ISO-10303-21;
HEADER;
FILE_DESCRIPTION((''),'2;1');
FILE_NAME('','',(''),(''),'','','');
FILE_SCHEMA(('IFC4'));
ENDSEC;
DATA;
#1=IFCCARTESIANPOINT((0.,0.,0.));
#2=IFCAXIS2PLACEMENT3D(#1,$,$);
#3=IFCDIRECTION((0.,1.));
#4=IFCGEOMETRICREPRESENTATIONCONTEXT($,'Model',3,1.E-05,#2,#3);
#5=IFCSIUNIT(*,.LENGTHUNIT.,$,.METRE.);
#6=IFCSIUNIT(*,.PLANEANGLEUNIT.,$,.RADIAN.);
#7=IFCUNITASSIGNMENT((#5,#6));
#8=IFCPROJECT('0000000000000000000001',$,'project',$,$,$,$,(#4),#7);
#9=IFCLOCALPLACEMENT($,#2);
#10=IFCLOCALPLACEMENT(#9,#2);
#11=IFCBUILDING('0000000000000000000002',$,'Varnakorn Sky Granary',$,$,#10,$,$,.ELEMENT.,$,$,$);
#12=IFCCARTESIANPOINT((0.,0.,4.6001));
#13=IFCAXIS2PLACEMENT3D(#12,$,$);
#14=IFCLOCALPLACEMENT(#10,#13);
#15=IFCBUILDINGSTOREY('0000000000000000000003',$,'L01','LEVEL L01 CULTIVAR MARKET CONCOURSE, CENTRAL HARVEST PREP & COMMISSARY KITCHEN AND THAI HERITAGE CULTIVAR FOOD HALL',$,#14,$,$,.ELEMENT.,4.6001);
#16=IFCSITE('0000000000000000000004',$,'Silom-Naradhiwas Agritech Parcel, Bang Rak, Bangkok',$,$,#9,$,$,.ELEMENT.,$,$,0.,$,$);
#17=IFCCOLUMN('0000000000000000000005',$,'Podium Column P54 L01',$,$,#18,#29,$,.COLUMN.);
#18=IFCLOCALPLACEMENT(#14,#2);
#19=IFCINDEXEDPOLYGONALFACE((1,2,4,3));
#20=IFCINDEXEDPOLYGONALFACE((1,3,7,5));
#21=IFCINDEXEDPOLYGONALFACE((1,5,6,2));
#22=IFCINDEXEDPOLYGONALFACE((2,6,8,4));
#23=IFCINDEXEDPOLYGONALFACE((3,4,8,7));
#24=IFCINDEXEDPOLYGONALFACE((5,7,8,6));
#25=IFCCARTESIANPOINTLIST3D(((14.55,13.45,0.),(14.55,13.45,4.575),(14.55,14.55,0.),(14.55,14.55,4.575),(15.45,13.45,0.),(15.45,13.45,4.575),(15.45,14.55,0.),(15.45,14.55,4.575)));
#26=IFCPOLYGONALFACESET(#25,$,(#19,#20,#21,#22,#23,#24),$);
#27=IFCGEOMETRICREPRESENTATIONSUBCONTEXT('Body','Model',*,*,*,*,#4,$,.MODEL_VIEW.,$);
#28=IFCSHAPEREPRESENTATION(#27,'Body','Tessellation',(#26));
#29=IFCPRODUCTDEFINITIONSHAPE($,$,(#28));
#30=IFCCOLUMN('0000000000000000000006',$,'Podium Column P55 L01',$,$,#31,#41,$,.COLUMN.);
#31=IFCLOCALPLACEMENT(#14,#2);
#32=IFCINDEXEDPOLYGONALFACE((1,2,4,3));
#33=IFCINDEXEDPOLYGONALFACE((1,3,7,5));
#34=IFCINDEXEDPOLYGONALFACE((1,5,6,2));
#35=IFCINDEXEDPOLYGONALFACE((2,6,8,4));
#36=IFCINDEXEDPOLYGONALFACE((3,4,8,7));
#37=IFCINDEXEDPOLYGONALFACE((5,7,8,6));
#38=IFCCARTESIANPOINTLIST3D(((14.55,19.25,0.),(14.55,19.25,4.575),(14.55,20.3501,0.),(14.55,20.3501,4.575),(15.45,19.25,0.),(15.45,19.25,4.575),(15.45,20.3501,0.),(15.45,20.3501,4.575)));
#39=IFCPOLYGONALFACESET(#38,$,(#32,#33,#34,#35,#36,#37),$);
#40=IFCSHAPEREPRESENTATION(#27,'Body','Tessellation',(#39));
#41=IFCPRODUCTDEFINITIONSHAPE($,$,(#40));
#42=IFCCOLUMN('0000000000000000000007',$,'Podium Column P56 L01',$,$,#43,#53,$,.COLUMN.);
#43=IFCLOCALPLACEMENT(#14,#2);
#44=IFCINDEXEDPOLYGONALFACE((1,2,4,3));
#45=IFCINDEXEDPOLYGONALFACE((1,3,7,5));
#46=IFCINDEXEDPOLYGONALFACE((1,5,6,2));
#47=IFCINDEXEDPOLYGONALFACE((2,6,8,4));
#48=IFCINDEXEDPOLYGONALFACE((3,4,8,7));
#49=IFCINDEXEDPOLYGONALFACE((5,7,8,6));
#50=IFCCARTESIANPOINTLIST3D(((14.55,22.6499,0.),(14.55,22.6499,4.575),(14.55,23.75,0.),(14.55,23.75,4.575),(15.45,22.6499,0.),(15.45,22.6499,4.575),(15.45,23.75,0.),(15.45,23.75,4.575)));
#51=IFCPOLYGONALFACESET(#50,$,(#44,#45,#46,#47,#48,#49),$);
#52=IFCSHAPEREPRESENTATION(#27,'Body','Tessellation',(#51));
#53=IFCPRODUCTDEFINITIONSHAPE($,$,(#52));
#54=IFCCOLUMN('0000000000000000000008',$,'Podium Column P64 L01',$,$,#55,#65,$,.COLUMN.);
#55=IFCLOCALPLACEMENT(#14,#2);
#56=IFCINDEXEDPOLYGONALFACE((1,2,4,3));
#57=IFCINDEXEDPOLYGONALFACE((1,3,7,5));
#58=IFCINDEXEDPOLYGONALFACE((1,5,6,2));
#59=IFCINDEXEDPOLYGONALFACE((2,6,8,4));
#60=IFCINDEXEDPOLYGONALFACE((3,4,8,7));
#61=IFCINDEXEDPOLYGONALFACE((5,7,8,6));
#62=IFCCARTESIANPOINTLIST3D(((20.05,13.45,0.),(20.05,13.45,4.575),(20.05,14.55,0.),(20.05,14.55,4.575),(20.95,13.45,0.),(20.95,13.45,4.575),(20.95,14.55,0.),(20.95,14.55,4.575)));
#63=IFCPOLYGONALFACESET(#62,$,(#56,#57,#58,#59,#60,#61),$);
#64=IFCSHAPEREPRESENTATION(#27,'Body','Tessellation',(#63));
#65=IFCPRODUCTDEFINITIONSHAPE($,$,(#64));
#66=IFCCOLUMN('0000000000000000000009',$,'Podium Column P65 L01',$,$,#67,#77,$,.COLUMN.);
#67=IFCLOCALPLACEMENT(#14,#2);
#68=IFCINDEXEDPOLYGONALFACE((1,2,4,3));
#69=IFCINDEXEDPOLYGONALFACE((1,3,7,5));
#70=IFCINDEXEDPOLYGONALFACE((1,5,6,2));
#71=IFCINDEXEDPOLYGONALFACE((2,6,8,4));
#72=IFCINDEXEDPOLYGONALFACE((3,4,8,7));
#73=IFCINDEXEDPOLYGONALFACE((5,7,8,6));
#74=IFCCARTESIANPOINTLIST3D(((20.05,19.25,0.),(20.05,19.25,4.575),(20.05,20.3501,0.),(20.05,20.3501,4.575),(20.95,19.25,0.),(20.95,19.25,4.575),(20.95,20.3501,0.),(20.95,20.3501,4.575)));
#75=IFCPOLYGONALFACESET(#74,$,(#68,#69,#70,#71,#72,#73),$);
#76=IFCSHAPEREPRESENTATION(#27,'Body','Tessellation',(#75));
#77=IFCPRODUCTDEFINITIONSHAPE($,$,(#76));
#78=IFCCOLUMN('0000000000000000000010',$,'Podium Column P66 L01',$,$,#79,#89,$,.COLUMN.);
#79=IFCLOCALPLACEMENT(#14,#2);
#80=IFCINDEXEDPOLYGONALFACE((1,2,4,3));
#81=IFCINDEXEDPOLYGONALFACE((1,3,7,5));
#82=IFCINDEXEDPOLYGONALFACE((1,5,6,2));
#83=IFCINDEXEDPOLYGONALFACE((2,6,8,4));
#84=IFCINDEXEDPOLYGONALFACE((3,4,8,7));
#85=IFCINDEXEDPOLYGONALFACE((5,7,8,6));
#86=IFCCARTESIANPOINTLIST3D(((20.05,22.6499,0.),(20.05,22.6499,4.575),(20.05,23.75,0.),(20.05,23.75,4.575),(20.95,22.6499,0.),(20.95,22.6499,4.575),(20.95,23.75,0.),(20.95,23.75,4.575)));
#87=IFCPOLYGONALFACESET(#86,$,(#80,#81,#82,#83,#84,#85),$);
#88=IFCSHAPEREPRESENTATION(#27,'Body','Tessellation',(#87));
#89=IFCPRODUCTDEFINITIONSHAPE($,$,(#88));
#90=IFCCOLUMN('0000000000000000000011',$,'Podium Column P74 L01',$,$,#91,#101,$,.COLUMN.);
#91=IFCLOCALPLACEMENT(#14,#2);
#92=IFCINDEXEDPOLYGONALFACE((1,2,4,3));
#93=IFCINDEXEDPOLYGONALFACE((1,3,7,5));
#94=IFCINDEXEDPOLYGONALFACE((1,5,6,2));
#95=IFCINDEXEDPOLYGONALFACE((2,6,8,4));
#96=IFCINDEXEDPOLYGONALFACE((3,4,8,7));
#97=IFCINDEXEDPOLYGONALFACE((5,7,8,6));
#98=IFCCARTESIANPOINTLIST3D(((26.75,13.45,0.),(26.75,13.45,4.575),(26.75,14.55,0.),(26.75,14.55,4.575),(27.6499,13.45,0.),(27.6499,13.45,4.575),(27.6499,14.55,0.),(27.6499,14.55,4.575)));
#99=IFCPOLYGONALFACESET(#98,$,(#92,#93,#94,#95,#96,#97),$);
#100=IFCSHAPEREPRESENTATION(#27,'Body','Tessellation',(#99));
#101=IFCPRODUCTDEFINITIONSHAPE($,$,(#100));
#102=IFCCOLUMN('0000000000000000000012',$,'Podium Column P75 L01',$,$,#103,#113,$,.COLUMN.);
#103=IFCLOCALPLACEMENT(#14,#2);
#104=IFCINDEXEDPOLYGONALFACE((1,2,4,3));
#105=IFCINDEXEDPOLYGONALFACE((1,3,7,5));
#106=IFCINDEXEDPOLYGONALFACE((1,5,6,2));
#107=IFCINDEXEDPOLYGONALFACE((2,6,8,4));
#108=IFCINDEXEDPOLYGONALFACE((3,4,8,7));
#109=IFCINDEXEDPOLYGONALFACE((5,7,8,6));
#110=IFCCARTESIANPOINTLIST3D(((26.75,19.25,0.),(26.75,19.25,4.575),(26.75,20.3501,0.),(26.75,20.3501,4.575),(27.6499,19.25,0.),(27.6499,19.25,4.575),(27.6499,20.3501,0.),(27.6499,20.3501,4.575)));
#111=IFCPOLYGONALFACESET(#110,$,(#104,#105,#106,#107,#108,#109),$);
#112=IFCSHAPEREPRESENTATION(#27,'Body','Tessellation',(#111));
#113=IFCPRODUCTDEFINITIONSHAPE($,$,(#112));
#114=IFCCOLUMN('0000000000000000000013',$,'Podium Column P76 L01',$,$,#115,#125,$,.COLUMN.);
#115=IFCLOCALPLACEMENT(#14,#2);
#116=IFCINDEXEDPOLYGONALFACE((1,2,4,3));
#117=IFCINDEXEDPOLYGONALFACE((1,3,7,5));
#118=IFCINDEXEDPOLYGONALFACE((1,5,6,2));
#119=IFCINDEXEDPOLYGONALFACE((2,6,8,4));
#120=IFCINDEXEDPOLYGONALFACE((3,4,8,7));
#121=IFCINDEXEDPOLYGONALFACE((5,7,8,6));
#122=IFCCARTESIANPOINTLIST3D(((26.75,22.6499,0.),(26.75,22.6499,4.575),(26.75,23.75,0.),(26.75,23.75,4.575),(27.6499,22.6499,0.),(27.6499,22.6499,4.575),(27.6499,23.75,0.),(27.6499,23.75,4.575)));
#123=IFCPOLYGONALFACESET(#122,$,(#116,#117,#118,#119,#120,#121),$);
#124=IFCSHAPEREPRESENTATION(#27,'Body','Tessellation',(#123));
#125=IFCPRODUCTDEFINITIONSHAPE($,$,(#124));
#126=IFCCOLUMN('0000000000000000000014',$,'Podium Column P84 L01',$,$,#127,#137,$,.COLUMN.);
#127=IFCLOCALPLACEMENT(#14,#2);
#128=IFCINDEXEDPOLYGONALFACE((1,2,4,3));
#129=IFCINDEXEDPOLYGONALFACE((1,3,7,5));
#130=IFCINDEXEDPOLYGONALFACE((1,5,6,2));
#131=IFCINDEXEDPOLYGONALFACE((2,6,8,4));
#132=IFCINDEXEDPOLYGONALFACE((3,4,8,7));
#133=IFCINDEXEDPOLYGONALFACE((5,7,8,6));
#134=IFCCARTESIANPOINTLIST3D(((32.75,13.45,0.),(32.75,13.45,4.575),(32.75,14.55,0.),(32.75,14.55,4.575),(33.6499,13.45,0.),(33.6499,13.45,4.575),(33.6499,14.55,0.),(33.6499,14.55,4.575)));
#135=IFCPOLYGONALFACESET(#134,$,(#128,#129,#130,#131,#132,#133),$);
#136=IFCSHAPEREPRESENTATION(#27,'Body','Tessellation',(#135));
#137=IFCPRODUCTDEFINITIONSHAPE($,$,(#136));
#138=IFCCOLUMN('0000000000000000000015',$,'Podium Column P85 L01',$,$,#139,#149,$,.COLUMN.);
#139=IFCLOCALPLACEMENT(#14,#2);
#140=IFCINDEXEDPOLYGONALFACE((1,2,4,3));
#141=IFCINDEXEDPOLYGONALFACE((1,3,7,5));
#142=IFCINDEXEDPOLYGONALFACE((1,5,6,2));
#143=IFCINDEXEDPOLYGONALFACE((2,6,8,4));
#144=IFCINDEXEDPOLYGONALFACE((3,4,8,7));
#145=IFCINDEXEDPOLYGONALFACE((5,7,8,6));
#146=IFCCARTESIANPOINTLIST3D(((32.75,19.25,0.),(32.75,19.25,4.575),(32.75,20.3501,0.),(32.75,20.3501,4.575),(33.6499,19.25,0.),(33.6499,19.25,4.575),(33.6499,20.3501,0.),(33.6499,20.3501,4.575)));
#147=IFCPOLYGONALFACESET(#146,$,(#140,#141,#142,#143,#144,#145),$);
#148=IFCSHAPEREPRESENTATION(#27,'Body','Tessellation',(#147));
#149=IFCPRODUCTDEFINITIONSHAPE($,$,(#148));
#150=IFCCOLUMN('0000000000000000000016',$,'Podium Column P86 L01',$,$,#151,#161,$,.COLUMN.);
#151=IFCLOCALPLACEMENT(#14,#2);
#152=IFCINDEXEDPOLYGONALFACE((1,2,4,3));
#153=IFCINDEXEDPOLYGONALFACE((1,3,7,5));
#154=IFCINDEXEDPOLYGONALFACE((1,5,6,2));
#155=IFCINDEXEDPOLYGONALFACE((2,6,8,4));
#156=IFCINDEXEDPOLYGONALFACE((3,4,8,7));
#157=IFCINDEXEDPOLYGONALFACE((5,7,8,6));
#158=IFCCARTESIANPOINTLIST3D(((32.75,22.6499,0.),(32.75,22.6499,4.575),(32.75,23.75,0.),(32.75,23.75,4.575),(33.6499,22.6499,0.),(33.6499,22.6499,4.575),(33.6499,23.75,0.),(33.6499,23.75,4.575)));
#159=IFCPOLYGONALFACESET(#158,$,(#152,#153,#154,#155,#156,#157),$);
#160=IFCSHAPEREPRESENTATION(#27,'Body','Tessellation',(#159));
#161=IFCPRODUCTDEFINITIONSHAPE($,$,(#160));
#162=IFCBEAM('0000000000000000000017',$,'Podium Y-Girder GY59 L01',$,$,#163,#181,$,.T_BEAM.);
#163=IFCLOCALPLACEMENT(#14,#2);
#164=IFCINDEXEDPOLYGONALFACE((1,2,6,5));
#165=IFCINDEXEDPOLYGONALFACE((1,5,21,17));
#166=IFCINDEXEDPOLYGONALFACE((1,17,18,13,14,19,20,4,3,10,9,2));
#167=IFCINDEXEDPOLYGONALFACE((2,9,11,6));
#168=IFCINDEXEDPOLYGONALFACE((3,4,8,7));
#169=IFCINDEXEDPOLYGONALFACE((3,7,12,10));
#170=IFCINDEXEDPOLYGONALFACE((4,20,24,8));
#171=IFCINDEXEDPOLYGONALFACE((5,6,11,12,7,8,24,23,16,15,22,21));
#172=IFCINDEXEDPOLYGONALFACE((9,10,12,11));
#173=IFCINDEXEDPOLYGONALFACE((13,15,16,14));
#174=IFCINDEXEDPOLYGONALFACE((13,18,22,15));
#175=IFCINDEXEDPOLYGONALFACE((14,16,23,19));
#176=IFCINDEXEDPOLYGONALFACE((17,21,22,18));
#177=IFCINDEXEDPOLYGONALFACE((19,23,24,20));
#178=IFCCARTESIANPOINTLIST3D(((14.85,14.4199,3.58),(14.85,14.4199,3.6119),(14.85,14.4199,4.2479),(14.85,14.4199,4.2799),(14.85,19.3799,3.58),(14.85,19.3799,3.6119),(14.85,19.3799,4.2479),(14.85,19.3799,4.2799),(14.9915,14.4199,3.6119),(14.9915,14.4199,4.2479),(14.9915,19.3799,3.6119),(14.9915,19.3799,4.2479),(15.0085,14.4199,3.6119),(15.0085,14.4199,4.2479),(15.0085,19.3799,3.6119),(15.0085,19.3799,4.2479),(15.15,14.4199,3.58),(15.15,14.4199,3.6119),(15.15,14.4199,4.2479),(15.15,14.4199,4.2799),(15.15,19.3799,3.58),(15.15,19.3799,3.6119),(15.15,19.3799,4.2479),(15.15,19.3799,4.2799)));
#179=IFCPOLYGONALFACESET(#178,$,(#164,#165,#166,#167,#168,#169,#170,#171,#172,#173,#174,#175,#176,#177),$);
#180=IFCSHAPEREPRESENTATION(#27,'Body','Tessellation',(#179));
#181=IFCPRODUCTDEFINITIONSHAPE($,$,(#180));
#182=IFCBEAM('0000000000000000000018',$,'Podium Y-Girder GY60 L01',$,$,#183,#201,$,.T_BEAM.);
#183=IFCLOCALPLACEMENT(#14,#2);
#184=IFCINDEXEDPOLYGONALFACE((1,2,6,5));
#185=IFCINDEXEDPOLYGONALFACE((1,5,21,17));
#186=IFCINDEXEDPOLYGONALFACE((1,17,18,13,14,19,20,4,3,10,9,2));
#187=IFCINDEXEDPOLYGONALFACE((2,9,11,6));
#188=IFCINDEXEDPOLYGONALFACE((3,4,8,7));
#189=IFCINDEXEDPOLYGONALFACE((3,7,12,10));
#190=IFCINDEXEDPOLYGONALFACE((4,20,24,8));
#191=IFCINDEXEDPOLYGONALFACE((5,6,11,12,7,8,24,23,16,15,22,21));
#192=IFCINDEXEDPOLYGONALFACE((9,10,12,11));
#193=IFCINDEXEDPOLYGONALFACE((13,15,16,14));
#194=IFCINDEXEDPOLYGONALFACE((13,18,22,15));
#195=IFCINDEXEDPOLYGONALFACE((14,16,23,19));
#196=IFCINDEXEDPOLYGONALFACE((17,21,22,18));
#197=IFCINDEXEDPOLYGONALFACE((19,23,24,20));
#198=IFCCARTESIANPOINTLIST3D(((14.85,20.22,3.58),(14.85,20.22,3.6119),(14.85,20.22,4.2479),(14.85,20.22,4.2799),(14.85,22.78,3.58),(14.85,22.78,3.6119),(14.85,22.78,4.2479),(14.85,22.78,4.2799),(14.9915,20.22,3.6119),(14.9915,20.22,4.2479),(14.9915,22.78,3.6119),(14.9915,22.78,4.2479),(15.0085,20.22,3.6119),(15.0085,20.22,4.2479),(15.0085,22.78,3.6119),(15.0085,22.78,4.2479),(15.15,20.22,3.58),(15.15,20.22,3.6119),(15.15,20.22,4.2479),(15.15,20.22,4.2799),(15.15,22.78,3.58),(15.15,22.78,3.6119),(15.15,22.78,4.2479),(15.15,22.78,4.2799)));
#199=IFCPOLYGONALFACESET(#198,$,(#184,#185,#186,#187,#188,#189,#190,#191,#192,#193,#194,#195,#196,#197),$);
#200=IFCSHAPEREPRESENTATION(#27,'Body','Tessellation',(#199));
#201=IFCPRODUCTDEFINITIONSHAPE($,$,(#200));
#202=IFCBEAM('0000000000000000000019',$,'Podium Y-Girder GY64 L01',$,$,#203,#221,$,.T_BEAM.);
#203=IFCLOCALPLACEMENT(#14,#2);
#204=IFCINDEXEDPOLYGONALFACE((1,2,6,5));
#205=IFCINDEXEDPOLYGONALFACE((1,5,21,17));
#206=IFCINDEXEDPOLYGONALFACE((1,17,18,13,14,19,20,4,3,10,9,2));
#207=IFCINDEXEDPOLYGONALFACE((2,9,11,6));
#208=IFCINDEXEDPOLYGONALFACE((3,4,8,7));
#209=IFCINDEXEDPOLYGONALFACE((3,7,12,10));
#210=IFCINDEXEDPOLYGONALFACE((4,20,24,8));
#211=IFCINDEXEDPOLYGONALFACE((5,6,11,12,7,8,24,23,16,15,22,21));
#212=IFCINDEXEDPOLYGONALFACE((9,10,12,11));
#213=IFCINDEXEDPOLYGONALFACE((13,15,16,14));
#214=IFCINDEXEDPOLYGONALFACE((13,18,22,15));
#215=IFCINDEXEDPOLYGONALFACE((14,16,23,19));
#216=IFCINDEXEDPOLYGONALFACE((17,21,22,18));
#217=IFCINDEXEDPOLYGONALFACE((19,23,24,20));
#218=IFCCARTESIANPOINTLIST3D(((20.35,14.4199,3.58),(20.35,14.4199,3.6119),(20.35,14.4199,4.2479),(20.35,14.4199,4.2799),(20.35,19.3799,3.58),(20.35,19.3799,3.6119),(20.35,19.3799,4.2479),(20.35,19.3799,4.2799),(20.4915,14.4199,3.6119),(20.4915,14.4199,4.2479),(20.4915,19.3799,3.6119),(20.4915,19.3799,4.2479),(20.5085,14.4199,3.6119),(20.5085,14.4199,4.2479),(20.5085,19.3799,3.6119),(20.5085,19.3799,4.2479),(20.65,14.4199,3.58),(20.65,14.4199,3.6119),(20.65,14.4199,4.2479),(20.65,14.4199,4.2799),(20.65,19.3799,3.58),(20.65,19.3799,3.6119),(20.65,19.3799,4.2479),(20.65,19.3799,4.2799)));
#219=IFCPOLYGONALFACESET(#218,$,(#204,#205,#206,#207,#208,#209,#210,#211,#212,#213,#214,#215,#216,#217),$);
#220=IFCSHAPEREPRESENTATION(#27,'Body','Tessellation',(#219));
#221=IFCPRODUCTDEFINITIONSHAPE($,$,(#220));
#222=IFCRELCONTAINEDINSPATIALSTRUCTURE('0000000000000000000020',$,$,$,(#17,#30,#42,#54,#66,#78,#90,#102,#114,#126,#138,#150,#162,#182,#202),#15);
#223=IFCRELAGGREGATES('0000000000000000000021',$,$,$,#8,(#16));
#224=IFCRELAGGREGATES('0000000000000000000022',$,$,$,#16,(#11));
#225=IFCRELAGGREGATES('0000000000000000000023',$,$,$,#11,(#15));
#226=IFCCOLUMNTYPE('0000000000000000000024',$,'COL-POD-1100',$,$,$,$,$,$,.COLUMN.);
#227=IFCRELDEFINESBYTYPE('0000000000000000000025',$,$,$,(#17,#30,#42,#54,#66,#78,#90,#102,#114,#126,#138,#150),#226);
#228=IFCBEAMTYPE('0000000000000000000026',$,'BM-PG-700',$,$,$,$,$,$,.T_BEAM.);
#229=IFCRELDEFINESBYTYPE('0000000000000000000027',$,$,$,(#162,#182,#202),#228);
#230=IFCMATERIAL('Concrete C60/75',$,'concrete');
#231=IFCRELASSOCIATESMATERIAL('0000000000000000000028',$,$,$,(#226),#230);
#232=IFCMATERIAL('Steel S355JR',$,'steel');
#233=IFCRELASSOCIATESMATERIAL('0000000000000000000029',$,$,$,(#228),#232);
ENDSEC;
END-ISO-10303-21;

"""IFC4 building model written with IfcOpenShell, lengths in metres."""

from ifc_helpers import new_model, si_unit, direction, frame, origin, origin_2d, place, context, subcontext, project, spatial, rectangle, i_section, extrude, material, material_profile, profile_set, type_object, element, save


model = new_model("IFC4")

# Units and contexts
model_context = context("Model", 3, precision=1e-05, world=origin(), true_north=direction((0.0, 1.0)))
body_context = subcontext(model_context, "Body", "Model", "MODEL_VIEW")
ifc_project = project(units=[si_unit("LENGTHUNIT", "METRE"), si_unit("PLANEANGLEUNIT", "RADIAN")], contexts=[model_context])

# Site, building, storey
site_placement = place(None, origin())
site = spatial("IfcSite", under=ifc_project, at=site_placement, Name="Silom-Naradhiwas Agritech Parcel, Bang Rak, Bangkok", CompositionType="ELEMENT", RefElevation=0.0)
building_placement = place(site_placement, origin())
building = spatial("IfcBuilding", under=site, at=building_placement, Name="Varnakorn Sky Granary", CompositionType="ELEMENT")
storey_placement = place(building_placement, frame((0.0, 0.0, 4.6001)))
storey = spatial("IfcBuildingStorey", under=building, at=storey_placement, Name="L01", Description="LEVEL L01 CULTIVAR MARKET CONCOURSE, CENTRAL HARVEST PREP & COMMISSARY KITCHEN AND THAI HERITAGE CULTIVAR FOOD HALL", CompositionType="ELEMENT", Elevation=4.6001)

# Columns
ifc_material_1 = material(Name="Concrete C60/75", Category="concrete")
ifc_material_profile_1 = material_profile(ifc_material_1, rectangle(XDim=0.8999, YDim=1.1001, at=origin_2d()), Name="RC 900x1100")
ifc_profile_set_1 = profile_set([ifc_material_profile_1], Name="Concrete C60/75")
column_type = type_object("IfcColumnType", Name="COL-POD-1100", PredefinedType="COLUMN", material=ifc_profile_set_1)
for number, where, z_axis, x_axis, name in (
    (1, (15.0, 14.0, 0.0), (0.0, 0.0, 1.0), (1.0, 0.0, 0.0), "Podium Column P54 L01"),
    (2, (15.0, 19.8, 0.0), (0.0, 0.0, 1.0), (1.0, 0.0, 0.0), "Podium Column P55 L01"),
    (3, (15.0, 23.2, 0.0), (0.0, 0.0, 1.0), (1.0, 0.0, 0.0), "Podium Column P56 L01"),
    (4, (20.5, 14.0, 0.0), (0.0, 0.0, 1.0), (1.0, 0.0, 0.0), "Podium Column P64 L01"),
    (5, (20.5, 19.8, 0.0), (0.0, 0.0, 1.0), (1.0, 0.0, 0.0), "Podium Column P65 L01"),
    (6, (20.5, 23.2, 0.0), (0.0, 0.0, 1.0), (1.0, 0.0, 0.0), "Podium Column P66 L01"),
    (7, (27.2, 14.0, 0.0), (0.0, 0.0, 1.0), (1.0, 0.0, 0.0), "Podium Column P74 L01"),
    (8, (27.2, 19.8, 0.0), (0.0, 0.0, 1.0), (1.0, 0.0, 0.0), "Podium Column P75 L01"),
    (9, (27.2, 23.2, 0.0), (0.0, 0.0, 1.0), (1.0, 0.0, 0.0), "Podium Column P76 L01"),
    (10, (33.2, 14.0, 0.0), (0.0, 0.0, 1.0), (1.0, 0.0, 0.0), "Podium Column P84 L01"),
    (11, (33.2, 19.8, 0.0), (0.0, 0.0, 1.0), (1.0, 0.0, 0.0), "Podium Column P85 L01"),
    (12, (33.2, 23.2, 0.0), (0.0, 0.0, 1.0), (1.0, 0.0, 0.0), "Podium Column P86 L01"),
):
    element("IfcColumn", number, at=place(storey_placement, frame(where, z_axis=z_axis, x_axis=x_axis)), inside=storey, type_object=column_type, Name=name, PredefinedType="COLUMN", context=body_context, shape_type="SweptSolid", body=[
        extrude(rectangle(XDim=0.8999, YDim=1.1001, at=origin_2d()), origin(), (0.0, 0.0, 1.0), 4.575),
    ])

# Beams
ifc_material_2 = material(Name="Steel S355JR", Category="steel")
ifc_material_profile_2 = material_profile(ifc_material_2, i_section(OverallWidth=0.3, OverallDepth=0.7, WebThickness=0.0171, FlangeThickness=0.032, at=origin_2d()), Name="HE 700 B")
ifc_profile_set_2 = profile_set([ifc_material_profile_2], Name="Steel S355JR")
beam_type_1 = type_object("IfcBeamType", Name="BM-PG-700", PredefinedType="T_BEAM", material=ifc_profile_set_2)
beam_1_placement = place(storey_placement, frame((15.0, 14.4199, 3.9299), z_axis=(0.0, 1.0, 0.0), x_axis=(-1.0, 0.0, 0.0)))
element("IfcBeam", 13, at=beam_1_placement, inside=storey, type_object=beam_type_1, Name="Podium Y-Girder GY59 L01", PredefinedType="T_BEAM", context=body_context, shape_type="SweptSolid", body=[
    extrude(i_section(OverallWidth=0.3, OverallDepth=0.7, WebThickness=0.0171, FlangeThickness=0.032, at=origin_2d()), origin(), (0.0, 0.0, 1.0), 4.96),
])
beam_2_placement = place(storey_placement, frame((15.0, 20.22, 3.9299), z_axis=(0.0, 1.0, 0.0), x_axis=(-1.0, 0.0, 0.0)))
element("IfcBeam", 14, at=beam_2_placement, inside=storey, type_object=beam_type_1, Name="Podium Y-Girder GY60 L01", PredefinedType="T_BEAM", context=body_context, shape_type="SweptSolid", body=[
    extrude(i_section(OverallWidth=0.3, OverallDepth=0.7, WebThickness=0.0171, FlangeThickness=0.032, at=origin_2d()), origin(), (0.0, 0.0, 1.0), 2.5601),
])
beam_3_placement = place(storey_placement, frame((20.5, 14.4199, 3.9299), z_axis=(0.0, 1.0, 0.0), x_axis=(-1.0, 0.0, 0.0)))
element("IfcBeam", 15, at=beam_3_placement, inside=storey, type_object=beam_type_1, Name="Podium Y-Girder GY64 L01", PredefinedType="T_BEAM", context=body_context, shape_type="SweptSolid", body=[
    extrude(i_section(OverallWidth=0.3, OverallDepth=0.7, WebThickness=0.0171, FlangeThickness=0.032, at=origin_2d()), origin(), (0.0, 0.0, 1.0), 4.96),
])

save(model, "model.ifc")
